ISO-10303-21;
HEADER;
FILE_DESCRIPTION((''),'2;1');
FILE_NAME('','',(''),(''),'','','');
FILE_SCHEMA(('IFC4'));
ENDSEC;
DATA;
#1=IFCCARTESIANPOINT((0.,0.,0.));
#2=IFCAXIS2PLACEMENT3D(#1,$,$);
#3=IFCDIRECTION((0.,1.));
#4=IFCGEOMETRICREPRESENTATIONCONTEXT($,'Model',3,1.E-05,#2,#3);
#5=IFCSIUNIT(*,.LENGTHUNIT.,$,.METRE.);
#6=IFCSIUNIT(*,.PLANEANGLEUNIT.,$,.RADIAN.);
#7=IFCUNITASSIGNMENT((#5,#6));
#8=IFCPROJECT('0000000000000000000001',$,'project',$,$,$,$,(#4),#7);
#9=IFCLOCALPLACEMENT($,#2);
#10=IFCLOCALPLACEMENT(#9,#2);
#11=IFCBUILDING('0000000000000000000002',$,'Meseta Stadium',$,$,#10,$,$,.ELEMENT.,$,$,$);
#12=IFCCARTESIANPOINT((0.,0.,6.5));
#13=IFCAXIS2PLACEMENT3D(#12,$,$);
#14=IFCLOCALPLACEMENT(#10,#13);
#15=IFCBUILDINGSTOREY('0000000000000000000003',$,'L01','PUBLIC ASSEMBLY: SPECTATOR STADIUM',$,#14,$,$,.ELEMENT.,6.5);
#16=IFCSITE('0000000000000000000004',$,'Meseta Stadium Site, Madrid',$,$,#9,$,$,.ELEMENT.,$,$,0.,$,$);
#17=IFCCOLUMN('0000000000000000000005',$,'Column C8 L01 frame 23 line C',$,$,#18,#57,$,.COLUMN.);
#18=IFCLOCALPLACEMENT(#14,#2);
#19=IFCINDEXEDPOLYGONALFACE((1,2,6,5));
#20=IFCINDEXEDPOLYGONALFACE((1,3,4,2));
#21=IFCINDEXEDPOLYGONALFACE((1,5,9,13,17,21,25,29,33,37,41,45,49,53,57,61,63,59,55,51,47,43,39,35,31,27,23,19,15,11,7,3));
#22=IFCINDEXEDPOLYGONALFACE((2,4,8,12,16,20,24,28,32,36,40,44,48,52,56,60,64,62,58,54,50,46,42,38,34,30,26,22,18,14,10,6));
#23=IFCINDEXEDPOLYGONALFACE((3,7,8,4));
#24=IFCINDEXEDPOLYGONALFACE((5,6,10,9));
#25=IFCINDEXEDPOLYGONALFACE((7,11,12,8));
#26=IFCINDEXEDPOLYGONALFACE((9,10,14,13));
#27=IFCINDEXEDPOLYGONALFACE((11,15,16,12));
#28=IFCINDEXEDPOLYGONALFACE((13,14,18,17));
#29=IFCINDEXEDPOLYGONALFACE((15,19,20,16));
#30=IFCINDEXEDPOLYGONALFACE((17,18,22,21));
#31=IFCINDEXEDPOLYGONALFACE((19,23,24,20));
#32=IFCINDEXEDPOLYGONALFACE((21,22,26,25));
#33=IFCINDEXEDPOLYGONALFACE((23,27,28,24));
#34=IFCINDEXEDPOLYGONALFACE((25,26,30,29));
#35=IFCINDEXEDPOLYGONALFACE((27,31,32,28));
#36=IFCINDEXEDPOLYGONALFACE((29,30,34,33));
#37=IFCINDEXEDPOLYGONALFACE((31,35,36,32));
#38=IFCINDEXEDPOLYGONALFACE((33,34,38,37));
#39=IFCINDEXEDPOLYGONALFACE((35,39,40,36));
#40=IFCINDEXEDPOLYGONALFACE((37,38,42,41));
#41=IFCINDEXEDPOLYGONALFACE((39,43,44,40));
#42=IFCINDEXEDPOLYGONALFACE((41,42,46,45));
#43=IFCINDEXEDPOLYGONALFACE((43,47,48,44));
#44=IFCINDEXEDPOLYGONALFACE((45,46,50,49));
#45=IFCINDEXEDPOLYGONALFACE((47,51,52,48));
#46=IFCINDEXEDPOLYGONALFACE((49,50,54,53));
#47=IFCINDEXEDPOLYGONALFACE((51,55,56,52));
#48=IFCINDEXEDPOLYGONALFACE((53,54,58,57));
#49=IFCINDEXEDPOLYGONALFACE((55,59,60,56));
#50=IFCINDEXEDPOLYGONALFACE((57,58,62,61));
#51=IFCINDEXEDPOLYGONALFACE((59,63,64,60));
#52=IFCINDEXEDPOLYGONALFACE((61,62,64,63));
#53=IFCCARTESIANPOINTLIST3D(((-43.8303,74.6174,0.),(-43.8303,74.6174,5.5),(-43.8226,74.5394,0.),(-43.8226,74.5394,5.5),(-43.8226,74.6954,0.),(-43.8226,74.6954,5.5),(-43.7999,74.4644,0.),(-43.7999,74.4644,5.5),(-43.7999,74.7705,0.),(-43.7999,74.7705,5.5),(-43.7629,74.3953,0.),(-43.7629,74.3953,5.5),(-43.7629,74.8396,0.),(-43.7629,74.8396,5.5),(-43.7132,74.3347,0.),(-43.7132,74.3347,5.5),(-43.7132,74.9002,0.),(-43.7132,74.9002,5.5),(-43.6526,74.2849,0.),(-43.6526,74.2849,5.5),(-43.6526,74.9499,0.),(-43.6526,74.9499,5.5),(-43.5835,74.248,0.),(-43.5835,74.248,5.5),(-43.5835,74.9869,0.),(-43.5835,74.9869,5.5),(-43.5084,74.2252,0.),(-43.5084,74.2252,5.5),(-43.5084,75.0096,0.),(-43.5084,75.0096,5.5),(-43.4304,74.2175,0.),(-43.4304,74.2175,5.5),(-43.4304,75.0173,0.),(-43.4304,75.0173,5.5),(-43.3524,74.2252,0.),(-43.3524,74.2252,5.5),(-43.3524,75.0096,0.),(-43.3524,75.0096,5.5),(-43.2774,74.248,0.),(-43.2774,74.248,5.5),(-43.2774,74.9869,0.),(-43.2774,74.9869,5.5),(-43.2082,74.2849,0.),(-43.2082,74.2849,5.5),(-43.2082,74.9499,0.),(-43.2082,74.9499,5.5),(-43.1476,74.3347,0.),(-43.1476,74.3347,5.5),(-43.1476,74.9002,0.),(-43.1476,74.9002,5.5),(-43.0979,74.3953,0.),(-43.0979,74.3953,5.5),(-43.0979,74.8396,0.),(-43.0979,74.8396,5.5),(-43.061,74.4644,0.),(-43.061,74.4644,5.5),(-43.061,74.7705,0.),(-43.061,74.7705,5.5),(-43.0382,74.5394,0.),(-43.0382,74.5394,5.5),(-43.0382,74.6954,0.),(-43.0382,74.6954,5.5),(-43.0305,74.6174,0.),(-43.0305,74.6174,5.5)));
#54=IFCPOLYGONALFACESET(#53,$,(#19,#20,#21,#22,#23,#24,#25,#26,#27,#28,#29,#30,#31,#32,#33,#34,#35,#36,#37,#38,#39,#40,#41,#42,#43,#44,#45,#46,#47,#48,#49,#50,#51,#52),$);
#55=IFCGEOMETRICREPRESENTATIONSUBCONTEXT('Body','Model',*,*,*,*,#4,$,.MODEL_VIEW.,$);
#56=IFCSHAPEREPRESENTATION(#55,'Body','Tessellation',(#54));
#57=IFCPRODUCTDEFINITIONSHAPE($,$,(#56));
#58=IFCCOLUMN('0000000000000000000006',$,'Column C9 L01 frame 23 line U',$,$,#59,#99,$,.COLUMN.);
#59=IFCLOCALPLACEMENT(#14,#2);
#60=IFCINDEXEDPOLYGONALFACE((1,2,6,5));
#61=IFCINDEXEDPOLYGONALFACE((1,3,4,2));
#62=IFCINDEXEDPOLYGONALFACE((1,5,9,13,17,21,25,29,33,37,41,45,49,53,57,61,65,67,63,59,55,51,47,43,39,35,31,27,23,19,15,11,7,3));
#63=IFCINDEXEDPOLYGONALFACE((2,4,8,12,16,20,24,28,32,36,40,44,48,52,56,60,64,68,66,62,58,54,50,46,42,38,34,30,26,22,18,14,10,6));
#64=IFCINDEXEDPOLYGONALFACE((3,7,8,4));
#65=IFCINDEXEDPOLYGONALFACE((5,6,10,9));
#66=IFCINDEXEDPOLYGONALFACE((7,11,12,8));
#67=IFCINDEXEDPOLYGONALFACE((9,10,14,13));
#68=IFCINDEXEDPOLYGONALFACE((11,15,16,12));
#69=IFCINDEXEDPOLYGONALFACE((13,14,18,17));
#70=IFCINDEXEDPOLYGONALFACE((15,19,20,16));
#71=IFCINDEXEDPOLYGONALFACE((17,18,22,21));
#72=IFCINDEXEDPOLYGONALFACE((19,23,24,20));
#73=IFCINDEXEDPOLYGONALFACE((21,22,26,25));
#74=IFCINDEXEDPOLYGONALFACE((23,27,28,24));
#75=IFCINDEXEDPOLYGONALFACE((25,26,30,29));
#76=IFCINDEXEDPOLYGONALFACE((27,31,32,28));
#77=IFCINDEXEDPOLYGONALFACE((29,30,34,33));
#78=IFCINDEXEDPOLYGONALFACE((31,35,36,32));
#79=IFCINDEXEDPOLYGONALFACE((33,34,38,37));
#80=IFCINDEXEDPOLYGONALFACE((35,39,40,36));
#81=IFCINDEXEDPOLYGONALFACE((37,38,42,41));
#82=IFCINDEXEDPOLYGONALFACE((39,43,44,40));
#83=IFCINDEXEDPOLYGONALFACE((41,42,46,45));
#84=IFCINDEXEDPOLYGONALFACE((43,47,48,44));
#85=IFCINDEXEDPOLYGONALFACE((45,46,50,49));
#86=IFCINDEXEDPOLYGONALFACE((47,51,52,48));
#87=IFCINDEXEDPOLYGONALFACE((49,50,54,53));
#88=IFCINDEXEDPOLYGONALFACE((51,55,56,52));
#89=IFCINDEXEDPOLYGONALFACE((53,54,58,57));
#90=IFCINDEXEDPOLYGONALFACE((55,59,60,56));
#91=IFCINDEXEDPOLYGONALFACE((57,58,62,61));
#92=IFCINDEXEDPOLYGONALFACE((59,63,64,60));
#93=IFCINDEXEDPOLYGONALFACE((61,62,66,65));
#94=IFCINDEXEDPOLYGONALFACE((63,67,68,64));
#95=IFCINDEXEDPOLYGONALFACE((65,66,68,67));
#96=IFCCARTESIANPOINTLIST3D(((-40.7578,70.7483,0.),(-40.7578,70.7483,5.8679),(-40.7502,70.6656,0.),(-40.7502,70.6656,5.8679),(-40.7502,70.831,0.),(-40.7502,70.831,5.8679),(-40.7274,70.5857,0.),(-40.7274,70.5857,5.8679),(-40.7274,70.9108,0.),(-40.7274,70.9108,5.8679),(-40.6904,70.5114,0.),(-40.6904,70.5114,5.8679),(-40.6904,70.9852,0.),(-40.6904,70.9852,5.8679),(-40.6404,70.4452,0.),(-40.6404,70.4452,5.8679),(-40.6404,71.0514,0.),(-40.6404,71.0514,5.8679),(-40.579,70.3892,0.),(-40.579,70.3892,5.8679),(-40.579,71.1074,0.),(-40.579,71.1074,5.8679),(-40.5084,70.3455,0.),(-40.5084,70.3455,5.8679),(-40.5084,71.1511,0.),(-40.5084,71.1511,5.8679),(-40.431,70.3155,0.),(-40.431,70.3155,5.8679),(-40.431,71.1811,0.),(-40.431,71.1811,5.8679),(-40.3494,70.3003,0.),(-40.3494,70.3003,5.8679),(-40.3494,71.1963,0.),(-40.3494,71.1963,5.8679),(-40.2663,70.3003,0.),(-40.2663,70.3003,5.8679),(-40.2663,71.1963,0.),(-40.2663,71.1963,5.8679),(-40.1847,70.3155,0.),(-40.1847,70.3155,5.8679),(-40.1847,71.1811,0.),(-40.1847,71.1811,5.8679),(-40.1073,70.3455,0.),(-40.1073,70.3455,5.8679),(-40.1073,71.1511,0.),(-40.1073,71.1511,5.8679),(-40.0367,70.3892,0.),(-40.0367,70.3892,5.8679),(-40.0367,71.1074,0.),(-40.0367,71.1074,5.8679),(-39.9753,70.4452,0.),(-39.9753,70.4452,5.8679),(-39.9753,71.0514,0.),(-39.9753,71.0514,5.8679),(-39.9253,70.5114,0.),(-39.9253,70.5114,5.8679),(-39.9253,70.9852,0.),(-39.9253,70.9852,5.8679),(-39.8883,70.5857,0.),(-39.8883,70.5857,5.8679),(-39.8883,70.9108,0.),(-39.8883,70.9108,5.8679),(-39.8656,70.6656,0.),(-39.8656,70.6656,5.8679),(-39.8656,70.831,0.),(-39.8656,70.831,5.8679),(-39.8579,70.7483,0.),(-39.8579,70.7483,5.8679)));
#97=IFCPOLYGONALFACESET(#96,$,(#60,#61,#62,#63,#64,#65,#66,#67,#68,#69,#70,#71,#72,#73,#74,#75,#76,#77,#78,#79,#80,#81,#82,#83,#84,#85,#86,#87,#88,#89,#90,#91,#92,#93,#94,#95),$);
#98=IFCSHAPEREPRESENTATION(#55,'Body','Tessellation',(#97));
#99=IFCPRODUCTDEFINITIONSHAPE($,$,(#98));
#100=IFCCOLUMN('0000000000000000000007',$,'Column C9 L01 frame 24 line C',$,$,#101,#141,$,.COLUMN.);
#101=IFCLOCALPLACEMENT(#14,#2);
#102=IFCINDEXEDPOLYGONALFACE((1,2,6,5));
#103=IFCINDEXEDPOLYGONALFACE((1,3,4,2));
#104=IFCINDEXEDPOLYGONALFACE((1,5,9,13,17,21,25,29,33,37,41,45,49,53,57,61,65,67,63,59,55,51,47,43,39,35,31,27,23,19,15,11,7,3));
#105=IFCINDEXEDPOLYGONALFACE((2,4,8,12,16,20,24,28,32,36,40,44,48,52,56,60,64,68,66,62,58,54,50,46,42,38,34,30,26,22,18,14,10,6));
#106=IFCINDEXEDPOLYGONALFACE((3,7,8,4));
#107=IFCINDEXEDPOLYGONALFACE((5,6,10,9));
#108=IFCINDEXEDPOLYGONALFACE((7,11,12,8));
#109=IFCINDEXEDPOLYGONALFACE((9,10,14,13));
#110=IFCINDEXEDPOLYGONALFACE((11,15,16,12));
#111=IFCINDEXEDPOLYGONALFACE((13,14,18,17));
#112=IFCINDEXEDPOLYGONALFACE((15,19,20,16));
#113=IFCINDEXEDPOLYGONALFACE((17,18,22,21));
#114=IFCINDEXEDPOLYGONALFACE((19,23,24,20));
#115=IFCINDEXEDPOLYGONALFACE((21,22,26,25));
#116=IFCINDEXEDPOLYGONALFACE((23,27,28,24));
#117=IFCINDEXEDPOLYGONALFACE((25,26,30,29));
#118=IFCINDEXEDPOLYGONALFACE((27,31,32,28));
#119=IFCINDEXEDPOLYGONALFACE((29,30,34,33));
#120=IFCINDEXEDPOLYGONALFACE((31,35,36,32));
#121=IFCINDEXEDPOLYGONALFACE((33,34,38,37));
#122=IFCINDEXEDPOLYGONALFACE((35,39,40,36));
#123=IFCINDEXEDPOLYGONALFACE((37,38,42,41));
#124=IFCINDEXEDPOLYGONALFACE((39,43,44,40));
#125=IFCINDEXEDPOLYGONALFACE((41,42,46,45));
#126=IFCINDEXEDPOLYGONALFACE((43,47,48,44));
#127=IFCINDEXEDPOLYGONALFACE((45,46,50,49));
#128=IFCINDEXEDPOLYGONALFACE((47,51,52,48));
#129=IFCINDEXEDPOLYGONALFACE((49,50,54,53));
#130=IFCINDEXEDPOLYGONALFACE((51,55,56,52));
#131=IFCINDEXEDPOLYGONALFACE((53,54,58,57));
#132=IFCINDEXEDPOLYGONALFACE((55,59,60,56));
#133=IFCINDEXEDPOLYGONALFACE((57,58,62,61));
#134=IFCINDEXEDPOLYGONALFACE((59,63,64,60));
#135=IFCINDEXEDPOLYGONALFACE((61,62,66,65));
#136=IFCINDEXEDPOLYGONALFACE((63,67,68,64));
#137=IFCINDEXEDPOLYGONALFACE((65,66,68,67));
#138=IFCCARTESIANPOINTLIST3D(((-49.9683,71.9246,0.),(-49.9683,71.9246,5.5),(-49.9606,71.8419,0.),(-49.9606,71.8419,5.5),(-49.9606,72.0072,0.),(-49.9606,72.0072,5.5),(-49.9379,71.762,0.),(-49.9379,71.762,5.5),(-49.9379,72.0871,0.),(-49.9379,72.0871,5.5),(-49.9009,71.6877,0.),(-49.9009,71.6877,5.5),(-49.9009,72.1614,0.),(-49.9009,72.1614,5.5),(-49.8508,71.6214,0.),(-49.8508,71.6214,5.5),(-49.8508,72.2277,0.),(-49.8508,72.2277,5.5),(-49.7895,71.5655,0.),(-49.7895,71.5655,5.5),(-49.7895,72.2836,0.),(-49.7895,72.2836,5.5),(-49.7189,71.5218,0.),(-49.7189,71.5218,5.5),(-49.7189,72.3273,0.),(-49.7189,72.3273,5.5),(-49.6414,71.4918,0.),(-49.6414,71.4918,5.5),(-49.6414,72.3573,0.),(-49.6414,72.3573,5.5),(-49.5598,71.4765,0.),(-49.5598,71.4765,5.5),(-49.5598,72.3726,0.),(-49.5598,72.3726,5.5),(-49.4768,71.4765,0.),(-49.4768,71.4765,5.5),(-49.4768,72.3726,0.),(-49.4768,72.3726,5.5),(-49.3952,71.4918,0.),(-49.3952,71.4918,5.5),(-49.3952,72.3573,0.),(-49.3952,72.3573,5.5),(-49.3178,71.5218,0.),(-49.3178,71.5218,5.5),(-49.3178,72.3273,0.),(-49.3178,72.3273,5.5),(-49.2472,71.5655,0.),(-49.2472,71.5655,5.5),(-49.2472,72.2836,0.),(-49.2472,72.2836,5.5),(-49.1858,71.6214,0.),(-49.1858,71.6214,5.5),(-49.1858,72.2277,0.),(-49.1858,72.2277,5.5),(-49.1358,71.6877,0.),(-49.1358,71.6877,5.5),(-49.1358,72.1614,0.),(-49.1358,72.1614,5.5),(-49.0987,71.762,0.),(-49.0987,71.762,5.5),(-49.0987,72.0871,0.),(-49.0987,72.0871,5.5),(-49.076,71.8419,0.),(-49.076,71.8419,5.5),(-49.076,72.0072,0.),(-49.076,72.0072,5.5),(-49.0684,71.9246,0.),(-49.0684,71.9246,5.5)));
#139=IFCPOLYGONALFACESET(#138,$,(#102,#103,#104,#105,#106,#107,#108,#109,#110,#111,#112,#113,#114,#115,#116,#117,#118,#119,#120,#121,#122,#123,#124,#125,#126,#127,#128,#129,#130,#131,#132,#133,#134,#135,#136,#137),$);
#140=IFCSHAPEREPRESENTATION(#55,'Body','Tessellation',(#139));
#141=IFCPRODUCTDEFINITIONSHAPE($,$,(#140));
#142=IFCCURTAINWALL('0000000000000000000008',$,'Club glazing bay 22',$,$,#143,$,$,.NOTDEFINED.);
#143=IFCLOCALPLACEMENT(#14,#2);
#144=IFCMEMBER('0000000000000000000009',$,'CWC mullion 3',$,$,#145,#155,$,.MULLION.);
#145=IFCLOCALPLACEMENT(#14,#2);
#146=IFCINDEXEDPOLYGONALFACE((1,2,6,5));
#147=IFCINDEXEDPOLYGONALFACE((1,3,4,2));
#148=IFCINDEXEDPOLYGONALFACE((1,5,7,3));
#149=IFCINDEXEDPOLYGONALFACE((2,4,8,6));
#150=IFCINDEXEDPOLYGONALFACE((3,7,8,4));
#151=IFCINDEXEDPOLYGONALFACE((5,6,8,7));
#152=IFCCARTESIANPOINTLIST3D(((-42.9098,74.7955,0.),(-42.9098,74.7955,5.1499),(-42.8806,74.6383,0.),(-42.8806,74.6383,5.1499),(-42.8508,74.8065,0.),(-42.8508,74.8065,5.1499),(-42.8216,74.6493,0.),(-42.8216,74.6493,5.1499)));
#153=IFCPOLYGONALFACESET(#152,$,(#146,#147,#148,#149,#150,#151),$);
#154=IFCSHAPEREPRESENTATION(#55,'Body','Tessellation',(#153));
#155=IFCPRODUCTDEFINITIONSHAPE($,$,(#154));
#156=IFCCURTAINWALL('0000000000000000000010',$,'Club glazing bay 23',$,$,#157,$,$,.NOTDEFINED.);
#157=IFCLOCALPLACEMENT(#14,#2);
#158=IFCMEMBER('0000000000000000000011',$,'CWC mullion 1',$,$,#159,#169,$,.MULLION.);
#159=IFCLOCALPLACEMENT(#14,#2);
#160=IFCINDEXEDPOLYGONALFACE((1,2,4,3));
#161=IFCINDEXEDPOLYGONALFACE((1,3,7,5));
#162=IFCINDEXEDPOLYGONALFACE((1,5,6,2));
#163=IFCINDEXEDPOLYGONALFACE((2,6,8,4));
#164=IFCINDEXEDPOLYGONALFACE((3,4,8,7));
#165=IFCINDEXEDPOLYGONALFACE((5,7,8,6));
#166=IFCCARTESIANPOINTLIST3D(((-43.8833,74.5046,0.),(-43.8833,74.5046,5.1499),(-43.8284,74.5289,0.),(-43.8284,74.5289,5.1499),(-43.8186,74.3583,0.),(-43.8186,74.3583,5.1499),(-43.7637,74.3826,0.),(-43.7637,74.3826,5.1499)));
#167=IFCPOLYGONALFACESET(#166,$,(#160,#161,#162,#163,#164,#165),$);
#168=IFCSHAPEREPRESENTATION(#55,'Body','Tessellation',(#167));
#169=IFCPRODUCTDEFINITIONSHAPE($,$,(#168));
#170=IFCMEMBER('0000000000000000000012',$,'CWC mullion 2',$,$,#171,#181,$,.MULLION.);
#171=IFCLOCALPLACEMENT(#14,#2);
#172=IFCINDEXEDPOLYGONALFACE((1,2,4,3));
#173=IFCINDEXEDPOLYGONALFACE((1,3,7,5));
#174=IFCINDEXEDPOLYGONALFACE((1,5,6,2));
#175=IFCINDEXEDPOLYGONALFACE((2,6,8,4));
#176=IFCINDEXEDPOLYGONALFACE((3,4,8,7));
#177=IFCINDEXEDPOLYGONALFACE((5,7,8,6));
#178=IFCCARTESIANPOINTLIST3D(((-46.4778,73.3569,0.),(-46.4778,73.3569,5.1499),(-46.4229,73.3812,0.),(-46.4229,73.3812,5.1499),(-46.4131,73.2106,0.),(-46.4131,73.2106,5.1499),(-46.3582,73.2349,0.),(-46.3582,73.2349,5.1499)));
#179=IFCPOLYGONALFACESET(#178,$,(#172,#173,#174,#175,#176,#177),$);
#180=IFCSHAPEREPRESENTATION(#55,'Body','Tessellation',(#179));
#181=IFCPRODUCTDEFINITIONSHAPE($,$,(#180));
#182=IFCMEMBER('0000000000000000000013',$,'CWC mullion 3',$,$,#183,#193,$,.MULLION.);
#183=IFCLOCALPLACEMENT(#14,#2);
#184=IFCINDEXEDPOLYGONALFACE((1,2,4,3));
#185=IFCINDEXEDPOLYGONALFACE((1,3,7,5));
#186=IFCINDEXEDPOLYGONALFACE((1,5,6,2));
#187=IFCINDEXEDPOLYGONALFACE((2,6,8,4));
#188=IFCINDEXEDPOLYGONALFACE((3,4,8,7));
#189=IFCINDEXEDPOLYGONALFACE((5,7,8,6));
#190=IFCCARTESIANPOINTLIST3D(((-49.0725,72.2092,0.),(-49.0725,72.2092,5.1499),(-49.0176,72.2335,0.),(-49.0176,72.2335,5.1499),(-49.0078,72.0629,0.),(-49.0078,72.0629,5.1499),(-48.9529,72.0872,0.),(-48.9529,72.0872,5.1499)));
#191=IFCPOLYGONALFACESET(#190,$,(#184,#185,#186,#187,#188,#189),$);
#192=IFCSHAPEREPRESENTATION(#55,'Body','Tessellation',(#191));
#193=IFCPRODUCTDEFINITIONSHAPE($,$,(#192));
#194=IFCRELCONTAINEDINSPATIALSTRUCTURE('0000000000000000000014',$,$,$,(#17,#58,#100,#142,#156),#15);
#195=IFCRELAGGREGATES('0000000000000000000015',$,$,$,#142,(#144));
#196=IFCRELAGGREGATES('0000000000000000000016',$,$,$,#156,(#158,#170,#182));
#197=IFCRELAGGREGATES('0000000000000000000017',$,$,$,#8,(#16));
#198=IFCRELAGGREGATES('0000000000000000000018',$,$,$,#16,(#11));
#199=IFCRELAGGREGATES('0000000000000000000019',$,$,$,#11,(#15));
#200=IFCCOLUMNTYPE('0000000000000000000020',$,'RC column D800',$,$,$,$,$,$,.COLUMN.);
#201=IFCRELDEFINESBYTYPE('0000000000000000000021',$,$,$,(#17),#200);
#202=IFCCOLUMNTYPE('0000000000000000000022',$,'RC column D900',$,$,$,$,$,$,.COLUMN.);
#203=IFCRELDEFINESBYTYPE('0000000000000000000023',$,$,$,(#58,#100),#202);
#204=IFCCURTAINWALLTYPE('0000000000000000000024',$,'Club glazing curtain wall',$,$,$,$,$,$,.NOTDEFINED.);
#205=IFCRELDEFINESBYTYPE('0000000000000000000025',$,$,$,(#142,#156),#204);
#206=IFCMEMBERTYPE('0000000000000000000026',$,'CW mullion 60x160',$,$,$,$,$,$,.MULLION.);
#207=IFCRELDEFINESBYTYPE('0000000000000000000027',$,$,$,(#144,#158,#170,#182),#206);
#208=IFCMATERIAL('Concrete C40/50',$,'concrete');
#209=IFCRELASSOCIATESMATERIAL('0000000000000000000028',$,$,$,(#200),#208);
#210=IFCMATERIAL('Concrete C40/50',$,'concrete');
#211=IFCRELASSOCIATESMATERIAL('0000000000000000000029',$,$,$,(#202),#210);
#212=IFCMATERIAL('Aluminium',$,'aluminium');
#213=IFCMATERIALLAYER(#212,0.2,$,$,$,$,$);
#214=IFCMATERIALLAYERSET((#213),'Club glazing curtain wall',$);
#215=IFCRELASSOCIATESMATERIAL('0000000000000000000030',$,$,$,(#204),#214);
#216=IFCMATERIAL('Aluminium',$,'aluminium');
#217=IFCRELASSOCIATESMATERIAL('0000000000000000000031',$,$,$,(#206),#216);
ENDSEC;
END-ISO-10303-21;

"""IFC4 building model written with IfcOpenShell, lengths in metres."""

from ifc_helpers import new_model, si_unit, direction, frame, origin, origin_2d, place, context, subcontext, project, spatial, rectangle, circle, extrude, material, layer, layer_set, material_profile, profile_set, type_object, element, aggregate, save


model = new_model("IFC4")

# Units and contexts
model_context = context("Model", 3, precision=1e-05, world=origin(), true_north=direction((0.0, 1.0)))
body_context = subcontext(model_context, "Body", "Model", "MODEL_VIEW")
ifc_project = project(units=[si_unit("LENGTHUNIT", "METRE"), si_unit("PLANEANGLEUNIT", "RADIAN")], contexts=[model_context])

# Site, building, storey
site_placement = place(None, origin())
site = spatial("IfcSite", under=ifc_project, at=site_placement, Name="Meseta Stadium Site, Madrid", CompositionType="ELEMENT", RefElevation=0.0)
building_placement = place(site_placement, origin())
building = spatial("IfcBuilding", under=site, at=building_placement, Name="Meseta Stadium", CompositionType="ELEMENT")
storey_placement = place(building_placement, frame((0.0, 0.0, 6.5)))
storey = spatial("IfcBuildingStorey", under=building, at=storey_placement, Name="L01", Description="PUBLIC ASSEMBLY: SPECTATOR STADIUM", CompositionType="ELEMENT", Elevation=6.5)

# Columns
ifc_material_1 = material(Name="Concrete C40/50", Category="concrete")
ifc_material_profile_1 = material_profile(ifc_material_1, circle(Radius=0.3999, at=origin_2d()), Name="RC D800")
ifc_profile_set_1 = profile_set([ifc_material_profile_1], Name="Concrete C40/50")
column_type_1 = type_object("IfcColumnType", Name="RC column D800", PredefinedType="COLUMN", material=ifc_profile_set_1)
column_1_placement = place(storey_placement, frame((-43.4304, 74.6174, 0.0), z_axis=(0.0, 0.0, 1.0), x_axis=(1.0, 0.0, 0.0)))
element("IfcColumn", 1, at=column_1_placement, inside=storey, type_object=column_type_1, Name="Column C8 L01 frame 23 line C", PredefinedType="COLUMN", context=body_context, shape_type="SweptSolid", body=[
    extrude(circle(Radius=0.3999, at=origin_2d()), origin(), (0.0, 0.0, 1.0), 5.5),
])
ifc_material_2 = material(Name="Concrete C40/50", Category="concrete")
ifc_material_profile_2 = material_profile(ifc_material_2, circle(Radius=0.45, at=origin_2d()), Name="RC D900")
ifc_profile_set_2 = profile_set([ifc_material_profile_2], Name="Concrete C40/50")
column_type_2 = type_object("IfcColumnType", Name="RC column D900", PredefinedType="COLUMN", material=ifc_profile_set_2)
column_2_placement = place(storey_placement, frame((-40.3079, 70.7483, 0.0), z_axis=(0.0, 0.0, 1.0), x_axis=(1.0, 0.0, 0.0)))
element("IfcColumn", 2, at=column_2_placement, inside=storey, type_object=column_type_2, Name="Column C9 L01 frame 23 line U", PredefinedType="COLUMN", context=body_context, shape_type="SweptSolid", body=[
    extrude(circle(Radius=0.45, at=origin_2d()), origin(), (0.0, 0.0, 1.0), 5.8679),
])
column_3_placement = place(storey_placement, frame((-49.5183, 71.9246, 0.0), z_axis=(0.0, 0.0, 1.0), x_axis=(1.0, 0.0, 0.0)))
element("IfcColumn", 3, at=column_3_placement, inside=storey, type_object=column_type_2, Name="Column C9 L01 frame 24 line C", PredefinedType="COLUMN", context=body_context, shape_type="SweptSolid", body=[
    extrude(circle(Radius=0.45, at=origin_2d()), origin(), (0.0, 0.0, 1.0), 5.5),
])

# Curtain wall, member
ifc_material_3 = material(Name="Aluminium", Category="aluminium")
ifc_layer_1 = layer(ifc_material_3, 0.2)
ifc_layer_set_1 = layer_set([ifc_layer_1], Name="Club glazing curtain wall")
curtain_wall_type = type_object("IfcCurtainWallType", Name="Club glazing curtain wall", PredefinedType="NOTDEFINED", material=ifc_layer_set_1)
curtain_wall_1_placement = place(storey_placement, origin())
curtain_wall_1 = element("IfcCurtainWall", 4, at=curtain_wall_1_placement, inside=storey, type_object=curtain_wall_type, Name="Club glazing bay 22", PredefinedType="NOTDEFINED")
ifc_material_4 = material(Name="Aluminium", Category="aluminium")
ifc_material_profile_3 = material_profile(ifc_material_4, rectangle(XDim=0.1599, YDim=0.0601, at=origin_2d()), Name="CW 160x60")
ifc_profile_set_3 = profile_set([ifc_material_profile_3], Name="Aluminium")
member_type_1 = type_object("IfcMemberType", Name="CW mullion 60x160", PredefinedType="MULLION", material=ifc_profile_set_3)
member_1_placement = place(storey_placement, frame((-42.8657, 74.7224, 0.0), z_axis=(0.0, 0.0, 1.0), x_axis=(0.1826, -0.983187, 0.0)))
member_1 = element("IfcMember", 5, at=member_1_placement, type_object=member_type_1, Name="CWC mullion 3", PredefinedType="MULLION", context=body_context, shape_type="SweptSolid", body=[
    extrude(rectangle(XDim=0.1599, YDim=0.0601, at=origin_2d()), origin(), (0.0, 0.0, 1.0), 5.1499),
])

# Curtain wall, members
curtain_wall_2_placement = place(storey_placement, origin())
curtain_wall_2 = element("IfcCurtainWall", 6, at=curtain_wall_2_placement, inside=storey, type_object=curtain_wall_type, Name="Club glazing bay 23", PredefinedType="NOTDEFINED")
member_2_placement = place(storey_placement, frame((-43.8235, 74.4436, 0.0), z_axis=(0.0, 0.0, 1.0), x_axis=(0.404524, -0.914527, 0.0)))
member_2 = element("IfcMember", 7, at=member_2_placement, type_object=member_type_1, Name="CWC mullion 1", PredefinedType="MULLION", context=body_context, shape_type="SweptSolid", body=[
    extrude(rectangle(XDim=0.1599, YDim=0.0601, at=origin_2d()), origin(), (0.0, 0.0, 1.0), 5.1499),
])
member_3_placement = place(storey_placement, frame((-46.418, 73.2959, 0.0), z_axis=(0.0, 0.0, 1.0), x_axis=(0.404524, -0.914527, 0.0)))
member_3 = element("IfcMember", 8, at=member_3_placement, type_object=member_type_1, Name="CWC mullion 2", PredefinedType="MULLION", context=body_context, shape_type="SweptSolid", body=[
    extrude(rectangle(XDim=0.1599, YDim=0.0601, at=origin_2d()), origin(), (0.0, 0.0, 1.0), 5.1499),
])
member_4_placement = place(storey_placement, frame((-49.0127, 72.1482, 0.0), z_axis=(0.0, 0.0, 1.0), x_axis=(0.404524, -0.914527, 0.0)))
member_4 = element("IfcMember", 9, at=member_4_placement, type_object=member_type_1, Name="CWC mullion 3", PredefinedType="MULLION", context=body_context, shape_type="SweptSolid", body=[
    extrude(rectangle(XDim=0.1599, YDim=0.0601, at=origin_2d()), origin(), (0.0, 0.0, 1.0), 5.1499),
])

aggregate(curtain_wall_1, [member_1])
aggregate(curtain_wall_2, [member_2, member_3, member_4])

save(model, "model.ifc")
